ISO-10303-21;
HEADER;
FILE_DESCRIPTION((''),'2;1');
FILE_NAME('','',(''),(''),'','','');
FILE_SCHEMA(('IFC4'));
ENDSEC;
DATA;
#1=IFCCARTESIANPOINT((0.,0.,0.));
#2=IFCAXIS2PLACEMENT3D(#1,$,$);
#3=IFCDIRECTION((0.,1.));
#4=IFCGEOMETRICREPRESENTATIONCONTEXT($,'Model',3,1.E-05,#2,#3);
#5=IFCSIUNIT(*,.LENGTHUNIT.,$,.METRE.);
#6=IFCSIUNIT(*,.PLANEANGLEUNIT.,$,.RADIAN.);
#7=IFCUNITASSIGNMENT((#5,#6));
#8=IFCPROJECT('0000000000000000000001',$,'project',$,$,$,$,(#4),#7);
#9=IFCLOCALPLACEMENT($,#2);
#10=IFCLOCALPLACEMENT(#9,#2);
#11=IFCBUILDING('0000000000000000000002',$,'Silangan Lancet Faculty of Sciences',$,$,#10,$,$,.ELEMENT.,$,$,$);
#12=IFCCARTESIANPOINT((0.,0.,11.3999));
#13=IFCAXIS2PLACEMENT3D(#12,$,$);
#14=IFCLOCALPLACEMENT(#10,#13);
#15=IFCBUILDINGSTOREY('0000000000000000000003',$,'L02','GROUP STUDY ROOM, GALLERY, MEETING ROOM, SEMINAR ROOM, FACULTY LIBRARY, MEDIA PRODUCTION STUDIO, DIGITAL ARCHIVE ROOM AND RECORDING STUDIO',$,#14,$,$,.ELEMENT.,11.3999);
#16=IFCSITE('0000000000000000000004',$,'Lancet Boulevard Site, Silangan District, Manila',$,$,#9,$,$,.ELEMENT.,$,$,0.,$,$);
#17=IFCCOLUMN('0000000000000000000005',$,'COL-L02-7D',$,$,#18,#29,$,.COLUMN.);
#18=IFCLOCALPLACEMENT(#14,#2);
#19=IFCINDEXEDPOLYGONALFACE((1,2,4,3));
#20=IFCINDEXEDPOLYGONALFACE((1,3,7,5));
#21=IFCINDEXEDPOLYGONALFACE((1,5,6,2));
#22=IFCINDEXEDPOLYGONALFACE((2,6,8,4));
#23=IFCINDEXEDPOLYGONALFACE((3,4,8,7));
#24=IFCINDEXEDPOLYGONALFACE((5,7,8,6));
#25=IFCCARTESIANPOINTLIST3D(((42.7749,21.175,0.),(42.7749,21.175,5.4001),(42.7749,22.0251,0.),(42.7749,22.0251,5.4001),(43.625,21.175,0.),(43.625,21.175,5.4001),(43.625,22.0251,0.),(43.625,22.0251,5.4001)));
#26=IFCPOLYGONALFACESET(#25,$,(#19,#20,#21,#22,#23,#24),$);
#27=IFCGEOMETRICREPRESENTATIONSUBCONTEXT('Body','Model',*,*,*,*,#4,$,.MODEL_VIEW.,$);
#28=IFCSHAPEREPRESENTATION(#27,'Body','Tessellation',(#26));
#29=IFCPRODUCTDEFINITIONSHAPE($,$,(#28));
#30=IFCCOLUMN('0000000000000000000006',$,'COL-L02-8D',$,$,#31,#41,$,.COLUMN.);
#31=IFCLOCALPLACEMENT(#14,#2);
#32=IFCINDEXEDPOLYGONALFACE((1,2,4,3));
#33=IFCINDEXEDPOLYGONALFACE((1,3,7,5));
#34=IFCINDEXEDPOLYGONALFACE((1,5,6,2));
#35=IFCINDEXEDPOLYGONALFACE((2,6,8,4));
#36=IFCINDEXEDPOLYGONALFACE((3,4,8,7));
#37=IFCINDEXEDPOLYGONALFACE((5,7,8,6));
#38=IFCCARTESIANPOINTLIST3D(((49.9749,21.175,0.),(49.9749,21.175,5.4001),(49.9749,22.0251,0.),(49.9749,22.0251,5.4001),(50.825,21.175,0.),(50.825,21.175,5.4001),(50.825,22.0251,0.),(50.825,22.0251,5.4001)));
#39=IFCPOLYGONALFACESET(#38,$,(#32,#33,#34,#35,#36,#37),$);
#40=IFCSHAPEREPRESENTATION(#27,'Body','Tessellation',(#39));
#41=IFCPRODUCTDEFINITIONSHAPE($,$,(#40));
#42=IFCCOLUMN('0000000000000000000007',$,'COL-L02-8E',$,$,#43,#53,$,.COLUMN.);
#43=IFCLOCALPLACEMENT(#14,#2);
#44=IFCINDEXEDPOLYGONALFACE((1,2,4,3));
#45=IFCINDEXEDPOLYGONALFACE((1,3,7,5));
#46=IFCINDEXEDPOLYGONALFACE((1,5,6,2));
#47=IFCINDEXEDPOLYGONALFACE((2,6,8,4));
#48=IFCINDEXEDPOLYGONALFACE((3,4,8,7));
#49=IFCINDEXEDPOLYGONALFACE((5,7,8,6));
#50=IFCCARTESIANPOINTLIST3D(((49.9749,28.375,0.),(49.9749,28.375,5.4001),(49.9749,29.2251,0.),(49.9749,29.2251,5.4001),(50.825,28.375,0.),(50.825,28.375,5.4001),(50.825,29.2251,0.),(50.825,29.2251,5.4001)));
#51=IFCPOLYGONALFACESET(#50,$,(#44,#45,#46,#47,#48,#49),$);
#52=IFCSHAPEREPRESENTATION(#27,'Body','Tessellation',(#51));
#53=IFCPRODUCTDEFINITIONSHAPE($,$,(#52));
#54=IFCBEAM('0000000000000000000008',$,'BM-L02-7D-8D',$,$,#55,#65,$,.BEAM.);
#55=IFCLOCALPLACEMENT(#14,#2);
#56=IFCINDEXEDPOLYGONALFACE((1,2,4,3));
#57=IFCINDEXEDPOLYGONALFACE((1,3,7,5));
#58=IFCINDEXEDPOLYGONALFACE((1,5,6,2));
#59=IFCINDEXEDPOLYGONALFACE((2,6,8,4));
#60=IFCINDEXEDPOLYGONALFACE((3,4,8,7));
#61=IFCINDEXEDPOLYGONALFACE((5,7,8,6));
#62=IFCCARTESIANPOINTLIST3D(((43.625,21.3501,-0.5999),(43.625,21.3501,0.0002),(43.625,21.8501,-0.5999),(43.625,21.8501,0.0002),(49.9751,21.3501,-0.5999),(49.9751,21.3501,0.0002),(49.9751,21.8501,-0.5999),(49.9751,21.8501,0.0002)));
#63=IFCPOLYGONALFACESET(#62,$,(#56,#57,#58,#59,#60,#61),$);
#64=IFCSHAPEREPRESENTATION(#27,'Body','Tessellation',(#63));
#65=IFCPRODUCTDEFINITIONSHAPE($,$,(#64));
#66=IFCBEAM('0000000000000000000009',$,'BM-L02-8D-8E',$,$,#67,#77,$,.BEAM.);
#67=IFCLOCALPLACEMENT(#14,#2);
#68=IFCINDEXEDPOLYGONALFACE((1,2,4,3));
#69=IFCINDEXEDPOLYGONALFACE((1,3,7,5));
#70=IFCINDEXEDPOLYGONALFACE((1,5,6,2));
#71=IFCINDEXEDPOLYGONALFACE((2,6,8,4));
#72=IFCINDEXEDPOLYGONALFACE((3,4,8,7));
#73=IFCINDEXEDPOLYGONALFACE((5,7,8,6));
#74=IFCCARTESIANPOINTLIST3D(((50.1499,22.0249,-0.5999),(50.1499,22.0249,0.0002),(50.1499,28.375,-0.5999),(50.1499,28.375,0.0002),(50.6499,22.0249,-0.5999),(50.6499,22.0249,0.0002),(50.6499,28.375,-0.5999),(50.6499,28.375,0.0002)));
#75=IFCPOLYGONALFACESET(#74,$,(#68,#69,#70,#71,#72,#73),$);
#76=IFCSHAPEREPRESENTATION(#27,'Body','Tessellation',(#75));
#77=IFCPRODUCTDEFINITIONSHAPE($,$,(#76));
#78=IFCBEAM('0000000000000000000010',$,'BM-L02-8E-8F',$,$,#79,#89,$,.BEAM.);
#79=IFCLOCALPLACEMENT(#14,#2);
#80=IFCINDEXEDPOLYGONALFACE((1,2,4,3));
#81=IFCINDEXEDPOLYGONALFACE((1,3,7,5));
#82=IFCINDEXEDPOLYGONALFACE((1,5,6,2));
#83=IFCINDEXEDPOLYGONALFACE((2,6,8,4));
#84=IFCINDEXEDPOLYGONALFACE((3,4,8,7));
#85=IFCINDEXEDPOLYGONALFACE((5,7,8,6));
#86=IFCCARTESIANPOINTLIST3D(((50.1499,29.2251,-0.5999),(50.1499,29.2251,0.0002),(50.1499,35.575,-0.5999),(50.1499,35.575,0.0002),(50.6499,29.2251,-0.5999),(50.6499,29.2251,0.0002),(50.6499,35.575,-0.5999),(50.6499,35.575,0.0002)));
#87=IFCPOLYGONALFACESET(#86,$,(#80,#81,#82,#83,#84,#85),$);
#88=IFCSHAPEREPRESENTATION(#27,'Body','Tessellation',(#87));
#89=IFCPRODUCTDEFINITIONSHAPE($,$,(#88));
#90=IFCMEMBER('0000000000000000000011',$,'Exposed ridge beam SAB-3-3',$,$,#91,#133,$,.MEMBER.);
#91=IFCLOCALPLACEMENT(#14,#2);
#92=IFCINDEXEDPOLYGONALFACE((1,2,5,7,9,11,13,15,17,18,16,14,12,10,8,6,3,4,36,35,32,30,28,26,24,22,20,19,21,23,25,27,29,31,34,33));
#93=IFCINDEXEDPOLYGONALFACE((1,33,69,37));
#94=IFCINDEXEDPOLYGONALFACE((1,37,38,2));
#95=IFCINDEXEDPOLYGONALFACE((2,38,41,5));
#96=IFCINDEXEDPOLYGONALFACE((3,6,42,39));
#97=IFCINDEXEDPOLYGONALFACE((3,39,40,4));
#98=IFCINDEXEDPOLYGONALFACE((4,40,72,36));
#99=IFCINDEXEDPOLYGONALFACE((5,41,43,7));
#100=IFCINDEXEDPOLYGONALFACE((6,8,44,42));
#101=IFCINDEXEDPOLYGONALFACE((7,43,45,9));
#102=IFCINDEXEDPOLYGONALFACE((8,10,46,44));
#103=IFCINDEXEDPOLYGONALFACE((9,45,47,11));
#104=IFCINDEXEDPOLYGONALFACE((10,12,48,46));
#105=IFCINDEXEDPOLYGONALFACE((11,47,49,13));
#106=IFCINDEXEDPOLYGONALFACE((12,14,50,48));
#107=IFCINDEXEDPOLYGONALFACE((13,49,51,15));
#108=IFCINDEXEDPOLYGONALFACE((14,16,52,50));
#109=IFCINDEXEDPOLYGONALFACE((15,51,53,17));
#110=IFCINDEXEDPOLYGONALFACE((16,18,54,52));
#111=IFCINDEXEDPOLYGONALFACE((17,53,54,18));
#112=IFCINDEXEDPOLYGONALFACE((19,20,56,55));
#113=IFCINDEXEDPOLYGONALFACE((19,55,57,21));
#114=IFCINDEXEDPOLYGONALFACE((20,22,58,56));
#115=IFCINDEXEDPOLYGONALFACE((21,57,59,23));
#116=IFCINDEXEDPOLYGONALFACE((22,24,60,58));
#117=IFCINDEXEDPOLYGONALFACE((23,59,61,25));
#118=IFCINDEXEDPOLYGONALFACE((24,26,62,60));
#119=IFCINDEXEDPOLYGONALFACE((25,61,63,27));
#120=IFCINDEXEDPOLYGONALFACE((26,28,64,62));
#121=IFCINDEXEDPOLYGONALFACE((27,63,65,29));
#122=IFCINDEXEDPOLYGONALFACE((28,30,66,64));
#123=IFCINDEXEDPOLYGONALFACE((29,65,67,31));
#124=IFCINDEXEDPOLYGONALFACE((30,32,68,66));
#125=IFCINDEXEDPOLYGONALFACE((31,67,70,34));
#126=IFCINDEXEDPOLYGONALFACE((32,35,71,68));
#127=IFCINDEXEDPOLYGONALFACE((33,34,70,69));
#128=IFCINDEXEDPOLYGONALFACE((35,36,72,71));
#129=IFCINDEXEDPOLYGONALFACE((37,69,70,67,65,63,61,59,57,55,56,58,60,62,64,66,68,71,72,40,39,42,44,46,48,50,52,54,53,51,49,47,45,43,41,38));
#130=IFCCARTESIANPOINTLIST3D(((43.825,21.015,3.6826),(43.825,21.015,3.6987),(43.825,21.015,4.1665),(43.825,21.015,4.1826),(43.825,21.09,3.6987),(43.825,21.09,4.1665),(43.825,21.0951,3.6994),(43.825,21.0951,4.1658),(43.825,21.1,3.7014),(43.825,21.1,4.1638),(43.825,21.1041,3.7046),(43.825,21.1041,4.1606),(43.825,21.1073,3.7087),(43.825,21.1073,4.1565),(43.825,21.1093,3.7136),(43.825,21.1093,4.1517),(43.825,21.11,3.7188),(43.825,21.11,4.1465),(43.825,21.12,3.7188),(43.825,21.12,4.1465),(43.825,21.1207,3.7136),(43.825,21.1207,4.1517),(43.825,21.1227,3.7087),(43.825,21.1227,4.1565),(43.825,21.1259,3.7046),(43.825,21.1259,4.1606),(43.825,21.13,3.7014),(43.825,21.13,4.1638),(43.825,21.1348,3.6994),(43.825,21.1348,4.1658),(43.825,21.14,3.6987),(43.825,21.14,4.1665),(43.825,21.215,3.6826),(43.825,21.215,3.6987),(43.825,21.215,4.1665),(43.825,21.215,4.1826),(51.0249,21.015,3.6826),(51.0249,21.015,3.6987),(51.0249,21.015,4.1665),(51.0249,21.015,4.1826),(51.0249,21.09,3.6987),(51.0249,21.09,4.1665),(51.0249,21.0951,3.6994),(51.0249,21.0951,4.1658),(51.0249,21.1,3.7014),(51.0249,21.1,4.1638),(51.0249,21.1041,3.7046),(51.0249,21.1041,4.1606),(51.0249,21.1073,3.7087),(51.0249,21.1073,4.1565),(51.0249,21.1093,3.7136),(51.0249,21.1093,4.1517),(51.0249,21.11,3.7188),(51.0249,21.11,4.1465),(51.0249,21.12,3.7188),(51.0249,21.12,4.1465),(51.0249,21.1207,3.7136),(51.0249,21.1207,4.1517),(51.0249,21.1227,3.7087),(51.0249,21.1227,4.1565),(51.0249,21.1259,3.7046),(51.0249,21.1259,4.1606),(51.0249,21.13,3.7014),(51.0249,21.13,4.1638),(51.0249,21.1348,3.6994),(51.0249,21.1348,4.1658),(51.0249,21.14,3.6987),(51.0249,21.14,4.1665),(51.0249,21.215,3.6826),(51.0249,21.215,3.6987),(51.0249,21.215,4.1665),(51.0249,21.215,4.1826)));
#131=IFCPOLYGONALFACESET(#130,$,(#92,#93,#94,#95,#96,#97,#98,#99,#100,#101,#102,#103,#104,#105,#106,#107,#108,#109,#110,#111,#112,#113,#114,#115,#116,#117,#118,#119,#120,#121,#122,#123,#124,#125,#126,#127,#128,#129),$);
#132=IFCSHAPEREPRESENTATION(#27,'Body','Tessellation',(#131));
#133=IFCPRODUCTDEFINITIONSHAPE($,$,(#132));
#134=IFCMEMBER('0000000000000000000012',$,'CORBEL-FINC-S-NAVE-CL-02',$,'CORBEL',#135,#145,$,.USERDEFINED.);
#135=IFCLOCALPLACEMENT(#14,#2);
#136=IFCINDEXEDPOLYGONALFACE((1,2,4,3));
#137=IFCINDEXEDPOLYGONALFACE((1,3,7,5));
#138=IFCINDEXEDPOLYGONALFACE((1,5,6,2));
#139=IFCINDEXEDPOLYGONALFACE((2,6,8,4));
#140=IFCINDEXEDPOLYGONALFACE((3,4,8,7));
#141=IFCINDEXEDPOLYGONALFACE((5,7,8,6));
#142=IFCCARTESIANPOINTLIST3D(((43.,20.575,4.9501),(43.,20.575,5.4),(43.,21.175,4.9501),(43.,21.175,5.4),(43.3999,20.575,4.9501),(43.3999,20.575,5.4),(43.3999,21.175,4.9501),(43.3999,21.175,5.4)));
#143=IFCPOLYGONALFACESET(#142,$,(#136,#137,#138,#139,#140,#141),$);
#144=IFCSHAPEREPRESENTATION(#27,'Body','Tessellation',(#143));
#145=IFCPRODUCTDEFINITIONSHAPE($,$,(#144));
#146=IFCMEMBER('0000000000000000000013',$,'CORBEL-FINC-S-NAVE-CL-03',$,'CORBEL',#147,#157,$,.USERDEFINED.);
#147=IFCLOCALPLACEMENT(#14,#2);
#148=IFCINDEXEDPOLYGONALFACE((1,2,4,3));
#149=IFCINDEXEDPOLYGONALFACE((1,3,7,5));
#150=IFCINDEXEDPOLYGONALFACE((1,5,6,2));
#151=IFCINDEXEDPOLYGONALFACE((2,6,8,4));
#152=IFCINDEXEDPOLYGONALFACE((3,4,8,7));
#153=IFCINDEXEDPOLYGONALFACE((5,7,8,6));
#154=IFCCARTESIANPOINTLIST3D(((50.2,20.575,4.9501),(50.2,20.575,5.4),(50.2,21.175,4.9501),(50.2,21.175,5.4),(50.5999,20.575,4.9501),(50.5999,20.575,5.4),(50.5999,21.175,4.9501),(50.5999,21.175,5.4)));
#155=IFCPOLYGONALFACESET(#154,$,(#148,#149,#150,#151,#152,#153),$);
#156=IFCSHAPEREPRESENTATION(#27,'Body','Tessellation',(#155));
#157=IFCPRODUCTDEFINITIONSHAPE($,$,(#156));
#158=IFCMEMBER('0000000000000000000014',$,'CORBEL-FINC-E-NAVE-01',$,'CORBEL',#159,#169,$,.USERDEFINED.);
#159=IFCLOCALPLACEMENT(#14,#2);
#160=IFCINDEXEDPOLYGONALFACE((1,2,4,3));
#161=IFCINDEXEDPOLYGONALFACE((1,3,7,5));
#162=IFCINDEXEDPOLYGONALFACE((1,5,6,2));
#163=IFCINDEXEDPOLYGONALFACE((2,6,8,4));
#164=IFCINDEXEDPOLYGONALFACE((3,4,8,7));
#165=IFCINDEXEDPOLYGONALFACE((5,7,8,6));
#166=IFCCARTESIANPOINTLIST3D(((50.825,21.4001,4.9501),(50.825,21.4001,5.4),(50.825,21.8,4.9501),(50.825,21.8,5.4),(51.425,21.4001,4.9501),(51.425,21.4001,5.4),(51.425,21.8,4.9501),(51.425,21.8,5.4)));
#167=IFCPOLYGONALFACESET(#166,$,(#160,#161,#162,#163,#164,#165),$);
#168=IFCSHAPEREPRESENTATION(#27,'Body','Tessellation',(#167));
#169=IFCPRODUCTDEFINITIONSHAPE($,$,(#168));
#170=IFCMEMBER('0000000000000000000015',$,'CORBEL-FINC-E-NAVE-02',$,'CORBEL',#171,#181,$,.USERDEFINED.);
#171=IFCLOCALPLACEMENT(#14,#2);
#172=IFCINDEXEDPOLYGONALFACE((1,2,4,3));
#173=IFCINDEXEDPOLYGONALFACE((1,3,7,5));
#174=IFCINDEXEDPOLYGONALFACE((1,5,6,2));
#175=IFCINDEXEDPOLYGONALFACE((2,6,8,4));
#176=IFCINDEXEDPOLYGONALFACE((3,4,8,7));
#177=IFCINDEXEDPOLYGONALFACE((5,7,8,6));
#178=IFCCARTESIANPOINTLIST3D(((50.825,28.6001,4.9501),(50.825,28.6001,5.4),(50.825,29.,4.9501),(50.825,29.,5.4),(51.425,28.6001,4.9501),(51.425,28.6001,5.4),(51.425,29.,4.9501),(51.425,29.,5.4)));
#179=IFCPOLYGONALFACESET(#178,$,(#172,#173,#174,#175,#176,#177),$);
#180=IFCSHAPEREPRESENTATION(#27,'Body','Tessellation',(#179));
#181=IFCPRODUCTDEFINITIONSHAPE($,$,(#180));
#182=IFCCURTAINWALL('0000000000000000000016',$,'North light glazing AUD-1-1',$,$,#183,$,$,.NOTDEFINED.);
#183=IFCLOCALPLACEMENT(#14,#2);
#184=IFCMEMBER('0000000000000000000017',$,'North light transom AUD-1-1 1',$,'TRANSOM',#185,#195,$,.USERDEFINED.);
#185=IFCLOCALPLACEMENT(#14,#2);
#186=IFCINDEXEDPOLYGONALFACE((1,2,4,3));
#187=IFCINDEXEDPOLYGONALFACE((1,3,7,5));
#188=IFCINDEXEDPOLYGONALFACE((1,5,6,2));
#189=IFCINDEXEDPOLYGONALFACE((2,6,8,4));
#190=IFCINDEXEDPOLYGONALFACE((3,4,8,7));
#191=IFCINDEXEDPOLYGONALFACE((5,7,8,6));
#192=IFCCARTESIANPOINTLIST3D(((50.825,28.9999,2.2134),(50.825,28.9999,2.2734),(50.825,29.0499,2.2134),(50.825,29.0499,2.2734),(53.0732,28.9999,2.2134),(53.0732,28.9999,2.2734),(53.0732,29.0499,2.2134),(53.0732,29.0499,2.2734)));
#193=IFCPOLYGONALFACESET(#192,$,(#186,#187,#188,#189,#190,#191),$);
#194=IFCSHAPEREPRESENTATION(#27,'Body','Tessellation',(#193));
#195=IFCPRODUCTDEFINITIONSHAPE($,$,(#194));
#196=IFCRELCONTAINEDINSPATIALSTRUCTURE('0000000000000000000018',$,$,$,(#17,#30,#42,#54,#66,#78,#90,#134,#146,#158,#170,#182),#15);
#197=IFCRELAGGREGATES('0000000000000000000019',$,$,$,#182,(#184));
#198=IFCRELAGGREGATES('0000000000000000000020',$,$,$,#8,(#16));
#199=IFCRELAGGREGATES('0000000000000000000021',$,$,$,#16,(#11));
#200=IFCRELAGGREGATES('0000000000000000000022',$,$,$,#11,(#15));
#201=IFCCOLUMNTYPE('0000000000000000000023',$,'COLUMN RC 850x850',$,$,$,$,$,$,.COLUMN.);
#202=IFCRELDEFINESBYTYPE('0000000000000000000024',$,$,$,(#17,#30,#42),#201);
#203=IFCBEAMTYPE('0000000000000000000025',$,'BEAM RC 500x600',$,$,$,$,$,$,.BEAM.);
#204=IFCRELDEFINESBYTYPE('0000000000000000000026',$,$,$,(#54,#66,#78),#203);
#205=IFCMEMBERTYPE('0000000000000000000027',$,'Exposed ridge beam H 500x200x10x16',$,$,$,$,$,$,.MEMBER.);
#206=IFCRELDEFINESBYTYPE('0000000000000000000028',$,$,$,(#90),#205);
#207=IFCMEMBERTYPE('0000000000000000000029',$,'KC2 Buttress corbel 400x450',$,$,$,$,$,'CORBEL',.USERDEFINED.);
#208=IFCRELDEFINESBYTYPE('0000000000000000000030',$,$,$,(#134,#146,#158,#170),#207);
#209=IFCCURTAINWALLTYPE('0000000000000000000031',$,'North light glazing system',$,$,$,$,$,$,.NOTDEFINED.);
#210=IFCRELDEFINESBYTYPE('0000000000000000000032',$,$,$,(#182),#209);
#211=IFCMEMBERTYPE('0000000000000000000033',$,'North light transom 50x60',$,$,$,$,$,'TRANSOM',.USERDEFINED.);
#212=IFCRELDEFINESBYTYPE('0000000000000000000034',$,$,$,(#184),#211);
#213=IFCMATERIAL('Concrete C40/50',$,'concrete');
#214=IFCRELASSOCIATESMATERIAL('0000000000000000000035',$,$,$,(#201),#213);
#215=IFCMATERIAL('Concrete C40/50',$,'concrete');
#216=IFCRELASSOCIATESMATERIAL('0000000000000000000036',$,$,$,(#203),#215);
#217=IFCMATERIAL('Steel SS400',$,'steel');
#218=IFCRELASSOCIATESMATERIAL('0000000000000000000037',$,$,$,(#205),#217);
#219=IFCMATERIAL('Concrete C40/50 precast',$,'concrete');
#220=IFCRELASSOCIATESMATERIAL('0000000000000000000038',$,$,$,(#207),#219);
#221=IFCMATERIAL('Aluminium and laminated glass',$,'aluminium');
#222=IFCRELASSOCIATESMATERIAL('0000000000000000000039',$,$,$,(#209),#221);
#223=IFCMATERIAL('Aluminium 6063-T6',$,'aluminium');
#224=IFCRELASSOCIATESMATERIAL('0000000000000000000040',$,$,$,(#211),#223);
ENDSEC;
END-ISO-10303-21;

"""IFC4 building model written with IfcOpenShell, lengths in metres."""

from ifc_helpers import new_model, si_unit, direction, frame, origin, origin_2d, place, context, subcontext, project, spatial, rectangle, i_section, extrude, material, material_profile, profile_set, type_object, element, aggregate, save


model = new_model("IFC4")

# Units and contexts
model_context = context("Model", 3, precision=1e-05, world=origin(), true_north=direction((0.0, 1.0)))
body_context = subcontext(model_context, "Body", "Model", "MODEL_VIEW")
ifc_project = project(units=[si_unit("LENGTHUNIT", "METRE"), si_unit("PLANEANGLEUNIT", "RADIAN")], contexts=[model_context])

# Site, building, storey
site_placement = place(None, origin())
site = spatial("IfcSite", under=ifc_project, at=site_placement, Name="Lancet Boulevard Site, Silangan District, Manila", CompositionType="ELEMENT", RefElevation=0.0)
building_placement = place(site_placement, origin())
building = spatial("IfcBuilding", under=site, at=building_placement, Name="Silangan Lancet Faculty of Sciences", CompositionType="ELEMENT")
storey_placement = place(building_placement, frame((0.0, 0.0, 11.3999)))
storey = spatial("IfcBuildingStorey", under=building, at=storey_placement, Name="L02", Description="GROUP STUDY ROOM, GALLERY, MEETING ROOM, SEMINAR ROOM, FACULTY LIBRARY, MEDIA PRODUCTION STUDIO, DIGITAL ARCHIVE ROOM AND RECORDING STUDIO", CompositionType="ELEMENT", Elevation=11.3999)

# Columns
ifc_material_1 = material(Name="Concrete C40/50", Category="concrete")
ifc_material_profile_1 = material_profile(ifc_material_1, rectangle(XDim=0.8501, YDim=0.8501, at=origin_2d()), Name="RC 850x850")
ifc_profile_set_1 = profile_set([ifc_material_profile_1], Name="Concrete C40/50")
column_type = type_object("IfcColumnType", Name="COLUMN RC 850x850", PredefinedType="COLUMN", material=ifc_profile_set_1)
for number, where, z_axis, x_axis, name in (
    (1, (43.2, 21.6001, 0.0), (0.0, 0.0, 1.0), (1.0, 0.0, 0.0), "COL-L02-7D"),
    (2, (50.3999, 21.6001, 0.0), (0.0, 0.0, 1.0), (1.0, 0.0, 0.0), "COL-L02-8D"),
    (3, (50.3999, 28.8, 0.0), (0.0, 0.0, 1.0), (1.0, 0.0, 0.0), "COL-L02-8E"),
):
    element("IfcColumn", number, at=place(storey_placement, frame(where, z_axis=z_axis, x_axis=x_axis)), inside=storey, type_object=column_type, Name=name, PredefinedType="COLUMN", context=body_context, shape_type="SweptSolid", body=[
        extrude(rectangle(XDim=0.8501, YDim=0.8501, at=origin_2d()), origin(), (0.0, 0.0, 1.0), 5.4001),
    ])

# Beams
ifc_material_2 = material(Name="Concrete C40/50", Category="concrete")
ifc_material_profile_2 = material_profile(ifc_material_2, rectangle(XDim=0.5, YDim=0.6001, at=origin_2d()), Name="RC 500x600")
ifc_profile_set_2 = profile_set([ifc_material_profile_2], Name="Concrete C40/50")
beam_type = type_object("IfcBeamType", Name="BEAM RC 500x600", PredefinedType="BEAM", material=ifc_profile_set_2)
for number, where, z_axis, x_axis, name in (
    (4, (43.625, 21.6001, -0.2998), (1.0, 0.0, 0.0), (0.0, 1.0, 0.0), "BM-L02-7D-8D"),
    (5, (50.3999, 22.0249, -0.2998), (0.0, 1.0, 0.0), (-1.0, 0.0, 0.0), "BM-L02-8D-8E"),
):
    element("IfcBeam", number, at=place(storey_placement, frame(where, z_axis=z_axis, x_axis=x_axis)), inside=storey, type_object=beam_type, Name=name, PredefinedType="BEAM", context=body_context, shape_type="SweptSolid", body=[
        extrude(rectangle(XDim=0.5, YDim=0.6001, at=origin_2d()), origin(), (0.0, 0.0, 1.0), 6.3501),
    ])
beam_placement = place(storey_placement, frame((50.3999, 29.2251, -0.2998), z_axis=(0.0, 1.0, 0.0), x_axis=(-1.0, 0.0, 0.0)))
element("IfcBeam", 6, at=beam_placement, inside=storey, type_object=beam_type, Name="BM-L02-8E-8F", PredefinedType="BEAM", context=body_context, shape_type="SweptSolid", body=[
    extrude(rectangle(XDim=0.5, YDim=0.6001, at=origin_2d()), origin(), (0.0, 0.0, 1.0), 6.3499),
])

# Members
ifc_material_3 = material(Name="Steel SS400", Category="steel")
ifc_material_profile_3 = material_profile(ifc_material_3, i_section(OverallWidth=0.2, OverallDepth=0.5, WebThickness=0.01, FlangeThickness=0.0161, FilletRadius=0.02, at=origin_2d()), Name="H 500x200x10x16")
ifc_profile_set_3 = profile_set([ifc_material_profile_3], Name="Steel SS400")
member_type_1 = type_object("IfcMemberType", Name="Exposed ridge beam H 500x200x10x16", PredefinedType="MEMBER", material=ifc_profile_set_3)
member_1_placement = place(storey_placement, frame((43.825, 21.115, 3.9326), z_axis=(1.0, 0.0, 0.0), x_axis=(0.0, 1.0, 0.0)))
element("IfcMember", 7, at=member_1_placement, inside=storey, type_object=member_type_1, Name="Exposed ridge beam SAB-3-3", PredefinedType="MEMBER", context=body_context, shape_type="SweptSolid", body=[
    extrude(i_section(OverallWidth=0.2, OverallDepth=0.5, WebThickness=0.01, FlangeThickness=0.0161, FilletRadius=0.02, at=origin_2d()), origin(), (0.0, 0.0, 1.0), 7.2),
])
ifc_material_4 = material(Name="Concrete C40/50 precast", Category="concrete")
ifc_material_profile_4 = material_profile(ifc_material_4, rectangle(XDim=0.3999, YDim=0.45, at=origin_2d()), Name="RC 400x450")
ifc_profile_set_4 = profile_set([ifc_material_profile_4], Name="Concrete C40/50 precast")
member_type_2 = type_object("IfcMemberType", Name="KC2 Buttress corbel 400x450", ElementType="CORBEL", PredefinedType="USERDEFINED", material=ifc_profile_set_4)
for number, where, z_axis, x_axis, name in (
    (8, (43.2, 21.175, 5.175), (0.0, -1.0, 0.0), (1.0, 0.0, 0.0), "CORBEL-FINC-S-NAVE-CL-02"),
    (9, (50.3999, 21.175, 5.175), (0.0, -1.0, 0.0), (1.0, 0.0, 0.0), "CORBEL-FINC-S-NAVE-CL-03"),
    (10, (50.825, 21.6001, 5.175), (1.0, 0.0, 0.0), (0.0, 1.0, 0.0), "CORBEL-FINC-E-NAVE-01"),
    (11, (50.825, 28.8, 5.175), (1.0, 0.0, 0.0), (0.0, 1.0, 0.0), "CORBEL-FINC-E-NAVE-02"),
):
    element("IfcMember", number, at=place(storey_placement, frame(where, z_axis=z_axis, x_axis=x_axis)), inside=storey, type_object=member_type_2, Name=name, ObjectType="CORBEL", PredefinedType="USERDEFINED", context=body_context, shape_type="SweptSolid", body=[
        extrude(rectangle(XDim=0.3999, YDim=0.45, at=origin_2d()), origin(), (0.0, 0.0, 1.0), 0.6001),
    ])

# Curtain wall, member
ifc_material_5 = material(Name="Aluminium and laminated glass", Category="aluminium")
curtain_wall_type = type_object("IfcCurtainWallType", Name="North light glazing system", PredefinedType="NOTDEFINED", material=ifc_material_5)
curtain_wall_placement = place(storey_placement, origin())
curtain_wall = element("IfcCurtainWall", 12, at=curtain_wall_placement, inside=storey, type_object=curtain_wall_type, Name="North light glazing AUD-1-1", PredefinedType="NOTDEFINED")
ifc_material_6 = material(Name="Aluminium 6063-T6", Category="aluminium")
ifc_material_profile_5 = material_profile(ifc_material_6, rectangle(XDim=0.05, YDim=0.0601, at=origin_2d()), Name="AL 50x60")
ifc_profile_set_5 = profile_set([ifc_material_profile_5], Name="Aluminium 6063-T6")
member_type_3 = type_object("IfcMemberType", Name="North light transom 50x60", ElementType="TRANSOM", PredefinedType="USERDEFINED", material=ifc_profile_set_5)
member_2_placement = place(storey_placement, frame((50.825, 29.0249, 2.2434), z_axis=(1.0, 0.0, 0.0), x_axis=(0.0, 1.0, 0.0)))
member_2 = element("IfcMember", 13, at=member_2_placement, type_object=member_type_3, Name="North light transom AUD-1-1 1", ObjectType="TRANSOM", PredefinedType="USERDEFINED", context=body_context, shape_type="SweptSolid", body=[
    extrude(rectangle(XDim=0.05, YDim=0.0601, at=origin_2d()), origin(), (0.0, 0.0, 1.0), 2.2483),
])

aggregate(curtain_wall, [member_2])

save(model, "model.ifc")
